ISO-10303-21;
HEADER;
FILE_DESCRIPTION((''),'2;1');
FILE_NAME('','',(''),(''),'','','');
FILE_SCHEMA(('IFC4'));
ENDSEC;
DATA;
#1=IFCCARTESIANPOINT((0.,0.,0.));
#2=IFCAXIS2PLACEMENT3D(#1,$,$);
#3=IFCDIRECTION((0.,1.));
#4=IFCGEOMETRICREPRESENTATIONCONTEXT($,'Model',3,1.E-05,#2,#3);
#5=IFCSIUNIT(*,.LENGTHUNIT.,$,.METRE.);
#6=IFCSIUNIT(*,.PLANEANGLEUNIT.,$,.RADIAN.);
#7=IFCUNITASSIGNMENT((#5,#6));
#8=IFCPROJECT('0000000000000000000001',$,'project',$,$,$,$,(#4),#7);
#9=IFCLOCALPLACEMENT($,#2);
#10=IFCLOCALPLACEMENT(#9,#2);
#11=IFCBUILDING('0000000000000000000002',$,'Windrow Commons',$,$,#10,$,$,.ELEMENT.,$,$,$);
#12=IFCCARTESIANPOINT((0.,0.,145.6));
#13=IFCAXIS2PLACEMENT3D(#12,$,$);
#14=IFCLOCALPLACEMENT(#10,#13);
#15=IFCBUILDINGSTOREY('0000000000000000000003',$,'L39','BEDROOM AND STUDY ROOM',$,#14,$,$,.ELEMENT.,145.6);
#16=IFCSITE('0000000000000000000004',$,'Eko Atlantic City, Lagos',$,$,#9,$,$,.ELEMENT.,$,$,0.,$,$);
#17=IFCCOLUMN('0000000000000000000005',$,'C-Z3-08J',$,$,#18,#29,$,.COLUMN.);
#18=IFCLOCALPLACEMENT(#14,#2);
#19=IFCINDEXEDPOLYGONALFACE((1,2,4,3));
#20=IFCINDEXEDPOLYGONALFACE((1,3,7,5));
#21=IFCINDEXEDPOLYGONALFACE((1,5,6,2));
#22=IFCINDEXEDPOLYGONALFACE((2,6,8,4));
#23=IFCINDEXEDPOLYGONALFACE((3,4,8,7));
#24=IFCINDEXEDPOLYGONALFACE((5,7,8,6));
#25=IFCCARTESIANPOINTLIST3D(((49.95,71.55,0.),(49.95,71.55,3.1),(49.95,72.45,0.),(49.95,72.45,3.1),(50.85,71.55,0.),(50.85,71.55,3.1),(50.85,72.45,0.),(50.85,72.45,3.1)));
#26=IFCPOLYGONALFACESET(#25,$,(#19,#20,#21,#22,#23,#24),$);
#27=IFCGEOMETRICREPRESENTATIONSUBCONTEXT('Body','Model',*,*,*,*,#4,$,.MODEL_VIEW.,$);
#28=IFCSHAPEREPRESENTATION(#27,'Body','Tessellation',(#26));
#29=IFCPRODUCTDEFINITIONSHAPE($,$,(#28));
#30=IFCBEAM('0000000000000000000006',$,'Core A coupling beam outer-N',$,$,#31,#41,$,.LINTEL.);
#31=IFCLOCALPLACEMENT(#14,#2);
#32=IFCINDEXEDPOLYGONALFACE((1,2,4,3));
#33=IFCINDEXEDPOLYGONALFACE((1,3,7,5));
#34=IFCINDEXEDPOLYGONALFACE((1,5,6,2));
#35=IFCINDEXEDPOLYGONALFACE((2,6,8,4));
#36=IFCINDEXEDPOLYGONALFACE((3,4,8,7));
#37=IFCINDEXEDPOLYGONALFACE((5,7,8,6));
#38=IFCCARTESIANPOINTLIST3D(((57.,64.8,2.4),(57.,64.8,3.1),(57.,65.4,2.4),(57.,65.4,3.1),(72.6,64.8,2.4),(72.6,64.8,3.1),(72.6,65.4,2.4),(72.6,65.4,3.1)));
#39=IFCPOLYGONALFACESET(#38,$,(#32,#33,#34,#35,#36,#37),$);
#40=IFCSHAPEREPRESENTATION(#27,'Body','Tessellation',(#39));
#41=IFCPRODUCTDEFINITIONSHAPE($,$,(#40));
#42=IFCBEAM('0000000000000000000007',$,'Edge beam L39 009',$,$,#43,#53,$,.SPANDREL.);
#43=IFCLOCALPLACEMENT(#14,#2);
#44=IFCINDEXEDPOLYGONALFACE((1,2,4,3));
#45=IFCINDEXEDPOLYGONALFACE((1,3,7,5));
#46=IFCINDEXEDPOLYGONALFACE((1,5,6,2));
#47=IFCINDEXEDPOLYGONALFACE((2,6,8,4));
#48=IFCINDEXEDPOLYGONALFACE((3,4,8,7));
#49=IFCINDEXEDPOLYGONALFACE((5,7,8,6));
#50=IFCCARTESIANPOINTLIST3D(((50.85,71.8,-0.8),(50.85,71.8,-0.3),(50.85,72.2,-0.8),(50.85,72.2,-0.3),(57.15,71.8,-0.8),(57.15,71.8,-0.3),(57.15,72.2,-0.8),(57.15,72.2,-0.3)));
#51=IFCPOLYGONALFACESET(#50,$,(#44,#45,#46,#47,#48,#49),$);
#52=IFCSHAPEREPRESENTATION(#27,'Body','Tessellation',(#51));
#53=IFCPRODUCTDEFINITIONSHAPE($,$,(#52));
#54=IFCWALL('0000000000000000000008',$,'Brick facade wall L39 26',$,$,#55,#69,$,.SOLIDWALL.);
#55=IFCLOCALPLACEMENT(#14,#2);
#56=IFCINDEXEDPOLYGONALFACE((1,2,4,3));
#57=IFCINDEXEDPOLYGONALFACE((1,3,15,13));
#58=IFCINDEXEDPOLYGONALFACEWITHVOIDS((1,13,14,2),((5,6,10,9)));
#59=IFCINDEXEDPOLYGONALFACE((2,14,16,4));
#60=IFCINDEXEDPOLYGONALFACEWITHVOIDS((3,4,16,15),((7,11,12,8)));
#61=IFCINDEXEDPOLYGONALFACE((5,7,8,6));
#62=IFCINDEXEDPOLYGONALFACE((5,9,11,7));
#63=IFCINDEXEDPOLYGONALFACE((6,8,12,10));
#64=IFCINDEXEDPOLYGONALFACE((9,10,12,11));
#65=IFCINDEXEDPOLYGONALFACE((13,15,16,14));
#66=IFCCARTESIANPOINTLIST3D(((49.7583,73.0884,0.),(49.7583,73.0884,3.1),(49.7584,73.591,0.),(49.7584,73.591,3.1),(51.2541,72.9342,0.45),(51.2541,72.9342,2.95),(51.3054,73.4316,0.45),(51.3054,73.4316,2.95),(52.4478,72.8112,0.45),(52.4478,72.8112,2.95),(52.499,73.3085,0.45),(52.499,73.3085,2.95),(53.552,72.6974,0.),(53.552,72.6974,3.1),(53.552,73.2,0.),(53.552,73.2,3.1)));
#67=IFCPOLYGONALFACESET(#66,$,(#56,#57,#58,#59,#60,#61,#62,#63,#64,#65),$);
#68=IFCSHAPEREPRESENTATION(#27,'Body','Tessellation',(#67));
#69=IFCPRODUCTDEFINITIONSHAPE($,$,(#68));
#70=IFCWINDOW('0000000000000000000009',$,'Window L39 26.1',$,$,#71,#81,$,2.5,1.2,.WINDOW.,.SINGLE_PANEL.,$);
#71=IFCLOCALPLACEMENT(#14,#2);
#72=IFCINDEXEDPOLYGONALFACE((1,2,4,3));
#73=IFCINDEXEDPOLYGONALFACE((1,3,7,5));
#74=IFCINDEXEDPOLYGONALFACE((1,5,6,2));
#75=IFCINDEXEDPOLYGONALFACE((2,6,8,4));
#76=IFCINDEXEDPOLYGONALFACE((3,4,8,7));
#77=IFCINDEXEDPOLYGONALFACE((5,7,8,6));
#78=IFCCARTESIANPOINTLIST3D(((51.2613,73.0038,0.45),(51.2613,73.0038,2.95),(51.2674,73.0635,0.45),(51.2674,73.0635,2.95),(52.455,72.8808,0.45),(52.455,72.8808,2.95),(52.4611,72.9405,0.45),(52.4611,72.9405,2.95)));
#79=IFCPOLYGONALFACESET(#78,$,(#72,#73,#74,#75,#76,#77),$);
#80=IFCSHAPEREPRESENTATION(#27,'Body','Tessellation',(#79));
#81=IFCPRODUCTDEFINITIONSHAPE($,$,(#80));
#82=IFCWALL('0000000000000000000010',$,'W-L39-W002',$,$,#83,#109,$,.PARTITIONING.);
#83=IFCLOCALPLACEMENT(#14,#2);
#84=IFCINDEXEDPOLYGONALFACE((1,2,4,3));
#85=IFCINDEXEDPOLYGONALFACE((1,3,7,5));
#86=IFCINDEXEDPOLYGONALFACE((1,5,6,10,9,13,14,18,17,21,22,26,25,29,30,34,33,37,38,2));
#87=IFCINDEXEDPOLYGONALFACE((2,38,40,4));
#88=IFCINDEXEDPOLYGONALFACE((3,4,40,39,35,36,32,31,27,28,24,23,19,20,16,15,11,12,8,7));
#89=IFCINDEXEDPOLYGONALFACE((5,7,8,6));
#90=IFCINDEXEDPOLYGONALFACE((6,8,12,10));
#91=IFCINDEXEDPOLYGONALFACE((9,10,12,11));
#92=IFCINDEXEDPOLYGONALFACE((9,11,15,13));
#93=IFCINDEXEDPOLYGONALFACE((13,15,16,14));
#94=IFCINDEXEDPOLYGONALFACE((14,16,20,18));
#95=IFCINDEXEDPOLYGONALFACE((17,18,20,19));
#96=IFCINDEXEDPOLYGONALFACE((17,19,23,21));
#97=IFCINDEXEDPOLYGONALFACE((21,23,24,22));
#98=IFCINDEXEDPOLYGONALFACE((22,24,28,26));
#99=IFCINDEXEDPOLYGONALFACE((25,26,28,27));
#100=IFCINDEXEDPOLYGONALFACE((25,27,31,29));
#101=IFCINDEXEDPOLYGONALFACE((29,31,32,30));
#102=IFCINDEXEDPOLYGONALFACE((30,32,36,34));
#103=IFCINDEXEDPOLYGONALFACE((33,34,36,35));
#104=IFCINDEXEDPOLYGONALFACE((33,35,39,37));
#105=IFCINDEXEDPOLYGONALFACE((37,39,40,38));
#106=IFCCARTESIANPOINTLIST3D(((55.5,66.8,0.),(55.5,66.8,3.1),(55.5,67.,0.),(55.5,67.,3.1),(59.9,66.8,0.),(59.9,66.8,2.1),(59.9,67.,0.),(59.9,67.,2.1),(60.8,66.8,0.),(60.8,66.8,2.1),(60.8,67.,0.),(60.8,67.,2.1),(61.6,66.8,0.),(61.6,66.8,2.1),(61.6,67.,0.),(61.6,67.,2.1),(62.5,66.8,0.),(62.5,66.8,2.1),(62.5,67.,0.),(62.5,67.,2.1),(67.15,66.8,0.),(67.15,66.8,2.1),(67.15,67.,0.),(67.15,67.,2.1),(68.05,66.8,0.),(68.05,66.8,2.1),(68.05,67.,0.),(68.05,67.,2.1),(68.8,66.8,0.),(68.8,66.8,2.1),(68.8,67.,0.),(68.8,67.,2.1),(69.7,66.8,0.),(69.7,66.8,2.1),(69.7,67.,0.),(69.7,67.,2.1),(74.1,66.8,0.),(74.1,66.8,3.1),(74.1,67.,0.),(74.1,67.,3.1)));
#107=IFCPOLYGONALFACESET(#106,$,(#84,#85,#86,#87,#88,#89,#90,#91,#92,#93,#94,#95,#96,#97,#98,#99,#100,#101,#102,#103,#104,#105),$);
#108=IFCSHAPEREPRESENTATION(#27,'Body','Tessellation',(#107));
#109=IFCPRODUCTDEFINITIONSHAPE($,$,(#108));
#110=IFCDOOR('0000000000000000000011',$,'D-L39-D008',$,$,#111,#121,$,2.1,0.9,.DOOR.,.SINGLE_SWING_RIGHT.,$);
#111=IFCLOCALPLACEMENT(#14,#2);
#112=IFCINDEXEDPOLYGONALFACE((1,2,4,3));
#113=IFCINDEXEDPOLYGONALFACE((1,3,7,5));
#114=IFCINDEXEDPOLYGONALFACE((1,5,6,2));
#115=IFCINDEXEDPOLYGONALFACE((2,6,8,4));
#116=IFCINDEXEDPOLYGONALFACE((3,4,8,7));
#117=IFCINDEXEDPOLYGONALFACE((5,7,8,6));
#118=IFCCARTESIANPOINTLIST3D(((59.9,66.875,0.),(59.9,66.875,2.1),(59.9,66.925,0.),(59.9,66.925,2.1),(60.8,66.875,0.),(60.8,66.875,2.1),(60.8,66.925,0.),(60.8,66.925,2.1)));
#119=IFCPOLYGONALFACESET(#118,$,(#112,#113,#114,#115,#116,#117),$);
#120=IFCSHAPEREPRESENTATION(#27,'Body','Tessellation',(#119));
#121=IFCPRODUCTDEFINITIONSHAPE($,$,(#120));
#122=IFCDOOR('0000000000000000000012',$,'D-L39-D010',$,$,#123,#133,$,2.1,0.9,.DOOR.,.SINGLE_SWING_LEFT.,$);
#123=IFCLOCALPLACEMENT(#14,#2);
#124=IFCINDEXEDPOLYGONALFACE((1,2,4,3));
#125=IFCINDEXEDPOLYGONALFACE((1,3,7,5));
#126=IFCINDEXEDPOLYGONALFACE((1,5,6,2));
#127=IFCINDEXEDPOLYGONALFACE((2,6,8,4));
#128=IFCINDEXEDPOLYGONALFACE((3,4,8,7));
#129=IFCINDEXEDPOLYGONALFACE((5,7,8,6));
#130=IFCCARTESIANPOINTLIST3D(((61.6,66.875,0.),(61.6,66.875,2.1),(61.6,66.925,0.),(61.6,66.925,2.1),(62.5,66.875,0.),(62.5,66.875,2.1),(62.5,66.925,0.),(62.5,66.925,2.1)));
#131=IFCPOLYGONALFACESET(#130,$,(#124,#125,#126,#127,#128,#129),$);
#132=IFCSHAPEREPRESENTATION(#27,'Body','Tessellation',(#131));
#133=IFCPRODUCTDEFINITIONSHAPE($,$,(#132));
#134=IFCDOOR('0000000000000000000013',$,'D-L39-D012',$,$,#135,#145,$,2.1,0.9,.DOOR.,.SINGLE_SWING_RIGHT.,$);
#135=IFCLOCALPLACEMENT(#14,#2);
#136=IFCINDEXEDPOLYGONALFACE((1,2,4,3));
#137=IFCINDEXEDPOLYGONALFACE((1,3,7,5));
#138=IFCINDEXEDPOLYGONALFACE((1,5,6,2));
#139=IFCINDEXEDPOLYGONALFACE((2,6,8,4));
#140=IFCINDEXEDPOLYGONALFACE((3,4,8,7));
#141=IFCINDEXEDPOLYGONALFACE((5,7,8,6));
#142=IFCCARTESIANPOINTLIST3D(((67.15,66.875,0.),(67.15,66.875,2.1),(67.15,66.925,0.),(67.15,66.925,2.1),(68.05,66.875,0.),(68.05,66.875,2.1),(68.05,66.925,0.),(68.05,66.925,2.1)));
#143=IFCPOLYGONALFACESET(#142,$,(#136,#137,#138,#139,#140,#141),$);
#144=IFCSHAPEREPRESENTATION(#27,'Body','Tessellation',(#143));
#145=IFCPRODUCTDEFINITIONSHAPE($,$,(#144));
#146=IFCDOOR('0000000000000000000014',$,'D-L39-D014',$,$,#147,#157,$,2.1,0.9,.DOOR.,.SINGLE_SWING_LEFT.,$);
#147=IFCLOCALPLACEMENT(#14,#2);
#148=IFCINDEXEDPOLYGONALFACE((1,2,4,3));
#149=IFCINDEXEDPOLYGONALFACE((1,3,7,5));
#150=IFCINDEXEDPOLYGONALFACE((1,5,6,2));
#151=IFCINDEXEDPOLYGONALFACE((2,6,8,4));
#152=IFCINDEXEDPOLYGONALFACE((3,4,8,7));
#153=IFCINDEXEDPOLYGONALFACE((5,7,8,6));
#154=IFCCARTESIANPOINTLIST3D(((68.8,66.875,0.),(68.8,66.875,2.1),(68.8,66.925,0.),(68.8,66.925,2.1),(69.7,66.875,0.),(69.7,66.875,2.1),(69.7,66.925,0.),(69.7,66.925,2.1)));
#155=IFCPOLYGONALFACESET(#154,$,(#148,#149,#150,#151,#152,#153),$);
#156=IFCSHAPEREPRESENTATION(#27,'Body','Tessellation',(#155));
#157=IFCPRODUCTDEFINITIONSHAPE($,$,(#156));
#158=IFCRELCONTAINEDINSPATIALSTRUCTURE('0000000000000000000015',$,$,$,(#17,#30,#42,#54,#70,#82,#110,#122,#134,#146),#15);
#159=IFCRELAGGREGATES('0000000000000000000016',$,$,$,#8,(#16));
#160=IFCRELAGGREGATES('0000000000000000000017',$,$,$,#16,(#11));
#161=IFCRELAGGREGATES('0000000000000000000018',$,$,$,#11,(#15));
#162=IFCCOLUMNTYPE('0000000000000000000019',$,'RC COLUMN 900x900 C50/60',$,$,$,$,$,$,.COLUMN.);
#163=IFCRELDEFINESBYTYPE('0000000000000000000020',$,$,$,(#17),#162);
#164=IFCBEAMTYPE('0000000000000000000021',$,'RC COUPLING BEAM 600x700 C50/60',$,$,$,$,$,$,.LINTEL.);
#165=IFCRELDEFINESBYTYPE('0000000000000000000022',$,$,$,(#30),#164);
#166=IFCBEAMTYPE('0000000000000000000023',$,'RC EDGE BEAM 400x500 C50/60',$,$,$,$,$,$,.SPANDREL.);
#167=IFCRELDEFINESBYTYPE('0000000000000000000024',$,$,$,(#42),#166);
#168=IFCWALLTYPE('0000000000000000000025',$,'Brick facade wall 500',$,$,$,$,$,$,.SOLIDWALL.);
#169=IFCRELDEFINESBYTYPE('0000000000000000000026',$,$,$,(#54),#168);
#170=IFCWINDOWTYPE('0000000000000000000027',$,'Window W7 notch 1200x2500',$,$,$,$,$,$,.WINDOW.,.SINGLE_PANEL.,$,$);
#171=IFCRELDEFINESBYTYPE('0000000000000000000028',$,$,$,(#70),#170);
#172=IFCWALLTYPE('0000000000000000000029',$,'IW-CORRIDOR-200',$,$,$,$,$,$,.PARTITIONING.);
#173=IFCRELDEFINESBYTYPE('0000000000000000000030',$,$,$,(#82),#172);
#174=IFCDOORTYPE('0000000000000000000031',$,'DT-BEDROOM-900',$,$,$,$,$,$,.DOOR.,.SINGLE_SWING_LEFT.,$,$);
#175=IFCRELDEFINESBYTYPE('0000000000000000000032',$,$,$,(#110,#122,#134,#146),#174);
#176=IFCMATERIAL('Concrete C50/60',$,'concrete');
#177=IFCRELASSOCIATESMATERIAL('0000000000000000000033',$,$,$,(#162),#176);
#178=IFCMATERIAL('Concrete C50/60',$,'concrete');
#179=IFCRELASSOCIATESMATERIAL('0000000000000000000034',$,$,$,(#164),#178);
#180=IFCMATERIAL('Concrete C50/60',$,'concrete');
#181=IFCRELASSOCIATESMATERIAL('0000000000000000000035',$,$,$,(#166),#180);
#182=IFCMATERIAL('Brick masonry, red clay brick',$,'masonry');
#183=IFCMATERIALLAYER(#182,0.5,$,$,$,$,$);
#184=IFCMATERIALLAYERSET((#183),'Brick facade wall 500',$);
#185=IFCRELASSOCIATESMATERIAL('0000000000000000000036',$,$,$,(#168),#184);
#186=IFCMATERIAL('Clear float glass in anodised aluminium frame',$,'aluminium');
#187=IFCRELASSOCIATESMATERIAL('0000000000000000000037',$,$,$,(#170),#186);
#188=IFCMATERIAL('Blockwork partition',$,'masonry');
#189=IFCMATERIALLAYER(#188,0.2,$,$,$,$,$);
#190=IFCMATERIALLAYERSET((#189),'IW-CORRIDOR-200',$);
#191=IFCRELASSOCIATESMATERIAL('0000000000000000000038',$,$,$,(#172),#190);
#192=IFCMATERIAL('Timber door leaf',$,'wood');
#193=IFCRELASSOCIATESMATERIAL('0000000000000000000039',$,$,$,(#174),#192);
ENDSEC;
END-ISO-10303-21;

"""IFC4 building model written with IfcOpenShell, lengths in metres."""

from ifc_helpers import new_model, si_unit, direction, frame, frame_2d, origin, origin_2d, place, context, subcontext, project, spatial, polyline, rectangle, outline, extrude, material, layer, layer_set, material_profile, profile_set, type_object, element, fill, save


model = new_model("IFC4")

# Units and contexts
model_context = context("Model", 3, precision=1e-05, world=origin(), true_north=direction((0.0, 1.0)))
body_context = subcontext(model_context, "Body", "Model", "MODEL_VIEW")
ifc_project = project(units=[si_unit("LENGTHUNIT", "METRE"), si_unit("PLANEANGLEUNIT", "RADIAN")], contexts=[model_context])

# Site, building, storey
site_placement = place(None, origin())
site = spatial("IfcSite", under=ifc_project, at=site_placement, Name="Eko Atlantic City, Lagos", CompositionType="ELEMENT", RefElevation=0.0)
building_placement = place(site_placement, origin())
building = spatial("IfcBuilding", under=site, at=building_placement, Name="Windrow Commons", CompositionType="ELEMENT")
storey_placement = place(building_placement, frame((0.0, 0.0, 145.6)))
storey = spatial("IfcBuildingStorey", under=building, at=storey_placement, Name="L39", Description="BEDROOM AND STUDY ROOM", CompositionType="ELEMENT", Elevation=145.6)

# Column
ifc_material_1 = material(Name="Concrete C50/60", Category="concrete")
ifc_material_profile_1 = material_profile(ifc_material_1, rectangle(XDim=0.9, YDim=0.9, at=origin_2d()))
ifc_profile_set_1 = profile_set([ifc_material_profile_1], Name="Concrete C50/60")
column_type = type_object("IfcColumnType", Name="RC COLUMN 900x900 C50/60", PredefinedType="COLUMN", material=ifc_profile_set_1)
column_placement = place(storey_placement, frame((50.4, 72.0, 0.0), z_axis=(0.0, 0.0, 1.0), x_axis=(1.0, 0.0, 0.0)))
element("IfcColumn", 1, at=column_placement, inside=storey, type_object=column_type, Name="C-Z3-08J", PredefinedType="COLUMN", context=body_context, shape_type="SweptSolid", body=[
    extrude(rectangle(XDim=0.9, YDim=0.9, at=origin_2d()), origin(), (0.0, 0.0, 1.0), 3.1),
])

# Beams
ifc_material_2 = material(Name="Concrete C50/60", Category="concrete")
ifc_material_profile_2 = material_profile(ifc_material_2, rectangle(XDim=0.6, YDim=0.7, at=origin_2d()))
ifc_profile_set_2 = profile_set([ifc_material_profile_2], Name="Concrete C50/60")
beam_type_1 = type_object("IfcBeamType", Name="RC COUPLING BEAM 600x700 C50/60", PredefinedType="LINTEL", material=ifc_profile_set_2)
beam_1_placement = place(storey_placement, frame((57.0, 65.1, 2.75), z_axis=(1.0, 0.0, 0.0), x_axis=(0.0, 1.0, 0.0)))
element("IfcBeam", 2, at=beam_1_placement, inside=storey, type_object=beam_type_1, Name="Core A coupling beam outer-N", PredefinedType="LINTEL", context=body_context, shape_type="SweptSolid", body=[
    extrude(rectangle(XDim=0.6, YDim=0.7, at=origin_2d()), origin(), (0.0, 0.0, 1.0), 15.6),
])
ifc_material_3 = material(Name="Concrete C50/60", Category="concrete")
ifc_material_profile_3 = material_profile(ifc_material_3, rectangle(XDim=0.4, YDim=0.5, at=origin_2d()))
ifc_profile_set_3 = profile_set([ifc_material_profile_3], Name="Concrete C50/60")
beam_type_2 = type_object("IfcBeamType", Name="RC EDGE BEAM 400x500 C50/60", PredefinedType="SPANDREL", material=ifc_profile_set_3)
beam_2_placement = place(storey_placement, frame((50.85, 72.0, -0.55), z_axis=(1.0, 0.0, 0.0), x_axis=(0.0, 1.0, 0.0)))
element("IfcBeam", 3, at=beam_2_placement, inside=storey, type_object=beam_type_2, Name="Edge beam L39 009", PredefinedType="SPANDREL", context=body_context, shape_type="SweptSolid", body=[
    extrude(rectangle(XDim=0.4, YDim=0.5, at=origin_2d()), origin(), (0.0, 0.0, 1.0), 6.3),
])

# Wall, opening, window
ifc_material_4 = material(Name="Brick masonry, red clay brick", Category="masonry")
ifc_layer_1 = layer(ifc_material_4, 0.5)
ifc_layer_set_1 = layer_set([ifc_layer_1], Name="Brick facade wall 500")
wall_type_1 = type_object("IfcWallType", Name="Brick facade wall 500", PredefinedType="SOLIDWALL", material=ifc_layer_set_1)
wall_1_placement = place(storey_placement, frame((53.552, 72.9487, 0.0), z_axis=(0.0, 0.0, 1.0), x_axis=(-0.994731, 0.102523, 0.0)))
wall_1 = element("IfcWall", 4, at=wall_1_placement, inside=storey, type_object=wall_type_1, Name="Brick facade wall L39 26", PredefinedType="SOLIDWALL", context=body_context, shape_type="SweptSolid", body=[
    extrude(outline(polyline([(0.0258, -0.25), (3.8395, -0.25), (3.788, 0.25), (-0.0258, 0.25), (0.0258, -0.25)])), origin(), (0.0, 0.0, 1.0), 3.1),
])
opening_1_placement = place(wall_1_placement, frame((1.0843, 0.0, 0.45)))
opening_1 = element("IfcOpeningElement", 5, at=opening_1_placement, cuts=wall_1, PredefinedType="OPENING", context=body_context, shape_type="SweptSolid", body=[
    extrude(rectangle(XDim=1.2, YDim=2.5, at=frame_2d((0.6, 1.25))), frame((0.0, 0.26, 0.0), z_axis=(0.0, -1.0, 0.0), x_axis=(1.0, 0.0, 0.0)), (0.0, 0.0, 1.0), 0.52),
])
ifc_material_5 = material(Name="Clear float glass in anodised aluminium frame", Category="aluminium")
window_type = type_object("IfcWindowType", Name="Window W7 notch 1200x2500", PartitioningType="SINGLE_PANEL", PredefinedType="WINDOW", material=ifc_material_5)
window_placement = place(opening_1_placement, origin())
window = element("IfcWindow", 6, at=window_placement, inside=storey, type_object=window_type, Name="Window L39 26.1", OverallHeight=2.5, OverallWidth=1.2, PartitioningType="SINGLE_PANEL", PredefinedType="WINDOW", context=body_context, shape_type="SweptSolid", body=[
    extrude(rectangle(XDim=1.2, YDim=2.5, at=frame_2d((0.6, 1.25))), frame((0.0, 0.18, 0.0), z_axis=(0.0, -1.0, 0.0), x_axis=(1.0, 0.0, 0.0)), (0.0, 0.0, 1.0), 0.06),
])
fill(opening_1, window)

# Wall, openings, doors
ifc_material_6 = material(Name="Blockwork partition", Category="masonry")
ifc_layer_2 = layer(ifc_material_6, 0.2)
ifc_layer_set_2 = layer_set([ifc_layer_2], Name="IW-CORRIDOR-200")
wall_type_2 = type_object("IfcWallType", Name="IW-CORRIDOR-200", PredefinedType="PARTITIONING", material=ifc_layer_set_2)
wall_2_placement = place(storey_placement, frame((55.5, 66.9, 0.0), z_axis=(0.0, 0.0, 1.0), x_axis=(1.0, 0.0, 0.0)))
wall_2 = element("IfcWall", 7, at=wall_2_placement, inside=storey, type_object=wall_type_2, Name="W-L39-W002", PredefinedType="PARTITIONING", context=body_context, shape_type="SweptSolid", body=[
    extrude(rectangle(XDim=18.6, YDim=0.2, at=frame_2d((9.3, 0.0))), origin(), (0.0, 0.0, 1.0), 3.1),
])
opening_2_placement = place(wall_2_placement, frame((4.4, 0.0, 0.0)))
opening_2 = element("IfcOpeningElement", 8, at=opening_2_placement, cuts=wall_2, PredefinedType="OPENING", context=body_context, shape_type="SweptSolid", body=[
    extrude(rectangle(XDim=0.9, YDim=2.1, at=frame_2d((0.45, 1.05))), frame((0.0, 0.11, 0.0), z_axis=(0.0, -1.0, 0.0), x_axis=(1.0, 0.0, 0.0)), (0.0, 0.0, 1.0), 0.22),
])
opening_3_placement = place(wall_2_placement, frame((6.1, 0.0, 0.0)))
opening_3 = element("IfcOpeningElement", 9, at=opening_3_placement, cuts=wall_2, PredefinedType="OPENING", context=body_context, shape_type="SweptSolid", body=[
    extrude(rectangle(XDim=0.9, YDim=2.1, at=frame_2d((0.45, 1.05))), frame((0.0, 0.11, 0.0), z_axis=(0.0, -1.0, 0.0), x_axis=(1.0, 0.0, 0.0)), (0.0, 0.0, 1.0), 0.22),
])
opening_4_placement = place(wall_2_placement, frame((11.65, 0.0, 0.0)))
opening_4 = element("IfcOpeningElement", 10, at=opening_4_placement, cuts=wall_2, PredefinedType="OPENING", context=body_context, shape_type="SweptSolid", body=[
    extrude(rectangle(XDim=0.9, YDim=2.1, at=frame_2d((0.45, 1.05))), frame((0.0, 0.11, 0.0), z_axis=(0.0, -1.0, 0.0), x_axis=(1.0, 0.0, 0.0)), (0.0, 0.0, 1.0), 0.22),
])
opening_5_placement = place(wall_2_placement, frame((13.3, 0.0, 0.0)))
opening_5 = element("IfcOpeningElement", 11, at=opening_5_placement, cuts=wall_2, PredefinedType="OPENING", context=body_context, shape_type="SweptSolid", body=[
    extrude(rectangle(XDim=0.9, YDim=2.1, at=frame_2d((0.45, 1.05))), frame((0.0, 0.11, 0.0), z_axis=(0.0, -1.0, 0.0), x_axis=(1.0, 0.0, 0.0)), (0.0, 0.0, 1.0), 0.22),
])
ifc_material_7 = material(Name="Timber door leaf", Category="wood")
door_type_1 = type_object("IfcDoorType", Name="DT-BEDROOM-900", OperationType="SINGLE_SWING_LEFT", PredefinedType="DOOR", material=ifc_material_7)
door_1_placement = place(opening_2_placement, origin())
door_1 = element("IfcDoor", 12, at=door_1_placement, inside=storey, type_object=door_type_1, Name="D-L39-D008", OperationType="SINGLE_SWING_RIGHT", OverallHeight=2.1, OverallWidth=0.9, PredefinedType="DOOR", context=body_context, shape_type="SweptSolid", body=[
    extrude(rectangle(XDim=0.9, YDim=2.1, at=frame_2d((0.45, 1.05))), frame((0.0, 0.025, 0.0), z_axis=(0.0, -1.0, 0.0), x_axis=(1.0, 0.0, 0.0)), (0.0, 0.0, 1.0), 0.05),
])
fill(opening_2, door_1)
door_2_placement = place(opening_3_placement, origin())
door_2 = element("IfcDoor", 13, at=door_2_placement, inside=storey, type_object=door_type_1, Name="D-L39-D010", OperationType="SINGLE_SWING_LEFT", OverallHeight=2.1, OverallWidth=0.9, PredefinedType="DOOR", context=body_context, shape_type="SweptSolid", body=[
    extrude(rectangle(XDim=0.9, YDim=2.1, at=frame_2d((0.45, 1.05))), frame((0.0, 0.025, 0.0), z_axis=(0.0, -1.0, 0.0), x_axis=(1.0, 0.0, 0.0)), (0.0, 0.0, 1.0), 0.05),
])
fill(opening_3, door_2)
door_3_placement = place(opening_4_placement, origin())
door_3 = element("IfcDoor", 14, at=door_3_placement, inside=storey, type_object=door_type_1, Name="D-L39-D012", OperationType="SINGLE_SWING_RIGHT", OverallHeight=2.1, OverallWidth=0.9, PredefinedType="DOOR", context=body_context, shape_type="SweptSolid", body=[
    extrude(rectangle(XDim=0.9, YDim=2.1, at=frame_2d((0.45, 1.05))), frame((0.0, 0.025, 0.0), z_axis=(0.0, -1.0, 0.0), x_axis=(1.0, 0.0, 0.0)), (0.0, 0.0, 1.0), 0.05),
])
fill(opening_4, door_3)
door_4_placement = place(opening_5_placement, origin())
door_4 = element("IfcDoor", 15, at=door_4_placement, inside=storey, type_object=door_type_1, Name="D-L39-D014", OperationType="SINGLE_SWING_LEFT", OverallHeight=2.1, OverallWidth=0.9, PredefinedType="DOOR", context=body_context, shape_type="SweptSolid", body=[
    extrude(rectangle(XDim=0.9, YDim=2.1, at=frame_2d((0.45, 1.05))), frame((0.0, 0.025, 0.0), z_axis=(0.0, -1.0, 0.0), x_axis=(1.0, 0.0, 0.0)), (0.0, 0.0, 1.0), 0.05),
])
fill(opening_5, door_4)

save(model, "model.ifc")
